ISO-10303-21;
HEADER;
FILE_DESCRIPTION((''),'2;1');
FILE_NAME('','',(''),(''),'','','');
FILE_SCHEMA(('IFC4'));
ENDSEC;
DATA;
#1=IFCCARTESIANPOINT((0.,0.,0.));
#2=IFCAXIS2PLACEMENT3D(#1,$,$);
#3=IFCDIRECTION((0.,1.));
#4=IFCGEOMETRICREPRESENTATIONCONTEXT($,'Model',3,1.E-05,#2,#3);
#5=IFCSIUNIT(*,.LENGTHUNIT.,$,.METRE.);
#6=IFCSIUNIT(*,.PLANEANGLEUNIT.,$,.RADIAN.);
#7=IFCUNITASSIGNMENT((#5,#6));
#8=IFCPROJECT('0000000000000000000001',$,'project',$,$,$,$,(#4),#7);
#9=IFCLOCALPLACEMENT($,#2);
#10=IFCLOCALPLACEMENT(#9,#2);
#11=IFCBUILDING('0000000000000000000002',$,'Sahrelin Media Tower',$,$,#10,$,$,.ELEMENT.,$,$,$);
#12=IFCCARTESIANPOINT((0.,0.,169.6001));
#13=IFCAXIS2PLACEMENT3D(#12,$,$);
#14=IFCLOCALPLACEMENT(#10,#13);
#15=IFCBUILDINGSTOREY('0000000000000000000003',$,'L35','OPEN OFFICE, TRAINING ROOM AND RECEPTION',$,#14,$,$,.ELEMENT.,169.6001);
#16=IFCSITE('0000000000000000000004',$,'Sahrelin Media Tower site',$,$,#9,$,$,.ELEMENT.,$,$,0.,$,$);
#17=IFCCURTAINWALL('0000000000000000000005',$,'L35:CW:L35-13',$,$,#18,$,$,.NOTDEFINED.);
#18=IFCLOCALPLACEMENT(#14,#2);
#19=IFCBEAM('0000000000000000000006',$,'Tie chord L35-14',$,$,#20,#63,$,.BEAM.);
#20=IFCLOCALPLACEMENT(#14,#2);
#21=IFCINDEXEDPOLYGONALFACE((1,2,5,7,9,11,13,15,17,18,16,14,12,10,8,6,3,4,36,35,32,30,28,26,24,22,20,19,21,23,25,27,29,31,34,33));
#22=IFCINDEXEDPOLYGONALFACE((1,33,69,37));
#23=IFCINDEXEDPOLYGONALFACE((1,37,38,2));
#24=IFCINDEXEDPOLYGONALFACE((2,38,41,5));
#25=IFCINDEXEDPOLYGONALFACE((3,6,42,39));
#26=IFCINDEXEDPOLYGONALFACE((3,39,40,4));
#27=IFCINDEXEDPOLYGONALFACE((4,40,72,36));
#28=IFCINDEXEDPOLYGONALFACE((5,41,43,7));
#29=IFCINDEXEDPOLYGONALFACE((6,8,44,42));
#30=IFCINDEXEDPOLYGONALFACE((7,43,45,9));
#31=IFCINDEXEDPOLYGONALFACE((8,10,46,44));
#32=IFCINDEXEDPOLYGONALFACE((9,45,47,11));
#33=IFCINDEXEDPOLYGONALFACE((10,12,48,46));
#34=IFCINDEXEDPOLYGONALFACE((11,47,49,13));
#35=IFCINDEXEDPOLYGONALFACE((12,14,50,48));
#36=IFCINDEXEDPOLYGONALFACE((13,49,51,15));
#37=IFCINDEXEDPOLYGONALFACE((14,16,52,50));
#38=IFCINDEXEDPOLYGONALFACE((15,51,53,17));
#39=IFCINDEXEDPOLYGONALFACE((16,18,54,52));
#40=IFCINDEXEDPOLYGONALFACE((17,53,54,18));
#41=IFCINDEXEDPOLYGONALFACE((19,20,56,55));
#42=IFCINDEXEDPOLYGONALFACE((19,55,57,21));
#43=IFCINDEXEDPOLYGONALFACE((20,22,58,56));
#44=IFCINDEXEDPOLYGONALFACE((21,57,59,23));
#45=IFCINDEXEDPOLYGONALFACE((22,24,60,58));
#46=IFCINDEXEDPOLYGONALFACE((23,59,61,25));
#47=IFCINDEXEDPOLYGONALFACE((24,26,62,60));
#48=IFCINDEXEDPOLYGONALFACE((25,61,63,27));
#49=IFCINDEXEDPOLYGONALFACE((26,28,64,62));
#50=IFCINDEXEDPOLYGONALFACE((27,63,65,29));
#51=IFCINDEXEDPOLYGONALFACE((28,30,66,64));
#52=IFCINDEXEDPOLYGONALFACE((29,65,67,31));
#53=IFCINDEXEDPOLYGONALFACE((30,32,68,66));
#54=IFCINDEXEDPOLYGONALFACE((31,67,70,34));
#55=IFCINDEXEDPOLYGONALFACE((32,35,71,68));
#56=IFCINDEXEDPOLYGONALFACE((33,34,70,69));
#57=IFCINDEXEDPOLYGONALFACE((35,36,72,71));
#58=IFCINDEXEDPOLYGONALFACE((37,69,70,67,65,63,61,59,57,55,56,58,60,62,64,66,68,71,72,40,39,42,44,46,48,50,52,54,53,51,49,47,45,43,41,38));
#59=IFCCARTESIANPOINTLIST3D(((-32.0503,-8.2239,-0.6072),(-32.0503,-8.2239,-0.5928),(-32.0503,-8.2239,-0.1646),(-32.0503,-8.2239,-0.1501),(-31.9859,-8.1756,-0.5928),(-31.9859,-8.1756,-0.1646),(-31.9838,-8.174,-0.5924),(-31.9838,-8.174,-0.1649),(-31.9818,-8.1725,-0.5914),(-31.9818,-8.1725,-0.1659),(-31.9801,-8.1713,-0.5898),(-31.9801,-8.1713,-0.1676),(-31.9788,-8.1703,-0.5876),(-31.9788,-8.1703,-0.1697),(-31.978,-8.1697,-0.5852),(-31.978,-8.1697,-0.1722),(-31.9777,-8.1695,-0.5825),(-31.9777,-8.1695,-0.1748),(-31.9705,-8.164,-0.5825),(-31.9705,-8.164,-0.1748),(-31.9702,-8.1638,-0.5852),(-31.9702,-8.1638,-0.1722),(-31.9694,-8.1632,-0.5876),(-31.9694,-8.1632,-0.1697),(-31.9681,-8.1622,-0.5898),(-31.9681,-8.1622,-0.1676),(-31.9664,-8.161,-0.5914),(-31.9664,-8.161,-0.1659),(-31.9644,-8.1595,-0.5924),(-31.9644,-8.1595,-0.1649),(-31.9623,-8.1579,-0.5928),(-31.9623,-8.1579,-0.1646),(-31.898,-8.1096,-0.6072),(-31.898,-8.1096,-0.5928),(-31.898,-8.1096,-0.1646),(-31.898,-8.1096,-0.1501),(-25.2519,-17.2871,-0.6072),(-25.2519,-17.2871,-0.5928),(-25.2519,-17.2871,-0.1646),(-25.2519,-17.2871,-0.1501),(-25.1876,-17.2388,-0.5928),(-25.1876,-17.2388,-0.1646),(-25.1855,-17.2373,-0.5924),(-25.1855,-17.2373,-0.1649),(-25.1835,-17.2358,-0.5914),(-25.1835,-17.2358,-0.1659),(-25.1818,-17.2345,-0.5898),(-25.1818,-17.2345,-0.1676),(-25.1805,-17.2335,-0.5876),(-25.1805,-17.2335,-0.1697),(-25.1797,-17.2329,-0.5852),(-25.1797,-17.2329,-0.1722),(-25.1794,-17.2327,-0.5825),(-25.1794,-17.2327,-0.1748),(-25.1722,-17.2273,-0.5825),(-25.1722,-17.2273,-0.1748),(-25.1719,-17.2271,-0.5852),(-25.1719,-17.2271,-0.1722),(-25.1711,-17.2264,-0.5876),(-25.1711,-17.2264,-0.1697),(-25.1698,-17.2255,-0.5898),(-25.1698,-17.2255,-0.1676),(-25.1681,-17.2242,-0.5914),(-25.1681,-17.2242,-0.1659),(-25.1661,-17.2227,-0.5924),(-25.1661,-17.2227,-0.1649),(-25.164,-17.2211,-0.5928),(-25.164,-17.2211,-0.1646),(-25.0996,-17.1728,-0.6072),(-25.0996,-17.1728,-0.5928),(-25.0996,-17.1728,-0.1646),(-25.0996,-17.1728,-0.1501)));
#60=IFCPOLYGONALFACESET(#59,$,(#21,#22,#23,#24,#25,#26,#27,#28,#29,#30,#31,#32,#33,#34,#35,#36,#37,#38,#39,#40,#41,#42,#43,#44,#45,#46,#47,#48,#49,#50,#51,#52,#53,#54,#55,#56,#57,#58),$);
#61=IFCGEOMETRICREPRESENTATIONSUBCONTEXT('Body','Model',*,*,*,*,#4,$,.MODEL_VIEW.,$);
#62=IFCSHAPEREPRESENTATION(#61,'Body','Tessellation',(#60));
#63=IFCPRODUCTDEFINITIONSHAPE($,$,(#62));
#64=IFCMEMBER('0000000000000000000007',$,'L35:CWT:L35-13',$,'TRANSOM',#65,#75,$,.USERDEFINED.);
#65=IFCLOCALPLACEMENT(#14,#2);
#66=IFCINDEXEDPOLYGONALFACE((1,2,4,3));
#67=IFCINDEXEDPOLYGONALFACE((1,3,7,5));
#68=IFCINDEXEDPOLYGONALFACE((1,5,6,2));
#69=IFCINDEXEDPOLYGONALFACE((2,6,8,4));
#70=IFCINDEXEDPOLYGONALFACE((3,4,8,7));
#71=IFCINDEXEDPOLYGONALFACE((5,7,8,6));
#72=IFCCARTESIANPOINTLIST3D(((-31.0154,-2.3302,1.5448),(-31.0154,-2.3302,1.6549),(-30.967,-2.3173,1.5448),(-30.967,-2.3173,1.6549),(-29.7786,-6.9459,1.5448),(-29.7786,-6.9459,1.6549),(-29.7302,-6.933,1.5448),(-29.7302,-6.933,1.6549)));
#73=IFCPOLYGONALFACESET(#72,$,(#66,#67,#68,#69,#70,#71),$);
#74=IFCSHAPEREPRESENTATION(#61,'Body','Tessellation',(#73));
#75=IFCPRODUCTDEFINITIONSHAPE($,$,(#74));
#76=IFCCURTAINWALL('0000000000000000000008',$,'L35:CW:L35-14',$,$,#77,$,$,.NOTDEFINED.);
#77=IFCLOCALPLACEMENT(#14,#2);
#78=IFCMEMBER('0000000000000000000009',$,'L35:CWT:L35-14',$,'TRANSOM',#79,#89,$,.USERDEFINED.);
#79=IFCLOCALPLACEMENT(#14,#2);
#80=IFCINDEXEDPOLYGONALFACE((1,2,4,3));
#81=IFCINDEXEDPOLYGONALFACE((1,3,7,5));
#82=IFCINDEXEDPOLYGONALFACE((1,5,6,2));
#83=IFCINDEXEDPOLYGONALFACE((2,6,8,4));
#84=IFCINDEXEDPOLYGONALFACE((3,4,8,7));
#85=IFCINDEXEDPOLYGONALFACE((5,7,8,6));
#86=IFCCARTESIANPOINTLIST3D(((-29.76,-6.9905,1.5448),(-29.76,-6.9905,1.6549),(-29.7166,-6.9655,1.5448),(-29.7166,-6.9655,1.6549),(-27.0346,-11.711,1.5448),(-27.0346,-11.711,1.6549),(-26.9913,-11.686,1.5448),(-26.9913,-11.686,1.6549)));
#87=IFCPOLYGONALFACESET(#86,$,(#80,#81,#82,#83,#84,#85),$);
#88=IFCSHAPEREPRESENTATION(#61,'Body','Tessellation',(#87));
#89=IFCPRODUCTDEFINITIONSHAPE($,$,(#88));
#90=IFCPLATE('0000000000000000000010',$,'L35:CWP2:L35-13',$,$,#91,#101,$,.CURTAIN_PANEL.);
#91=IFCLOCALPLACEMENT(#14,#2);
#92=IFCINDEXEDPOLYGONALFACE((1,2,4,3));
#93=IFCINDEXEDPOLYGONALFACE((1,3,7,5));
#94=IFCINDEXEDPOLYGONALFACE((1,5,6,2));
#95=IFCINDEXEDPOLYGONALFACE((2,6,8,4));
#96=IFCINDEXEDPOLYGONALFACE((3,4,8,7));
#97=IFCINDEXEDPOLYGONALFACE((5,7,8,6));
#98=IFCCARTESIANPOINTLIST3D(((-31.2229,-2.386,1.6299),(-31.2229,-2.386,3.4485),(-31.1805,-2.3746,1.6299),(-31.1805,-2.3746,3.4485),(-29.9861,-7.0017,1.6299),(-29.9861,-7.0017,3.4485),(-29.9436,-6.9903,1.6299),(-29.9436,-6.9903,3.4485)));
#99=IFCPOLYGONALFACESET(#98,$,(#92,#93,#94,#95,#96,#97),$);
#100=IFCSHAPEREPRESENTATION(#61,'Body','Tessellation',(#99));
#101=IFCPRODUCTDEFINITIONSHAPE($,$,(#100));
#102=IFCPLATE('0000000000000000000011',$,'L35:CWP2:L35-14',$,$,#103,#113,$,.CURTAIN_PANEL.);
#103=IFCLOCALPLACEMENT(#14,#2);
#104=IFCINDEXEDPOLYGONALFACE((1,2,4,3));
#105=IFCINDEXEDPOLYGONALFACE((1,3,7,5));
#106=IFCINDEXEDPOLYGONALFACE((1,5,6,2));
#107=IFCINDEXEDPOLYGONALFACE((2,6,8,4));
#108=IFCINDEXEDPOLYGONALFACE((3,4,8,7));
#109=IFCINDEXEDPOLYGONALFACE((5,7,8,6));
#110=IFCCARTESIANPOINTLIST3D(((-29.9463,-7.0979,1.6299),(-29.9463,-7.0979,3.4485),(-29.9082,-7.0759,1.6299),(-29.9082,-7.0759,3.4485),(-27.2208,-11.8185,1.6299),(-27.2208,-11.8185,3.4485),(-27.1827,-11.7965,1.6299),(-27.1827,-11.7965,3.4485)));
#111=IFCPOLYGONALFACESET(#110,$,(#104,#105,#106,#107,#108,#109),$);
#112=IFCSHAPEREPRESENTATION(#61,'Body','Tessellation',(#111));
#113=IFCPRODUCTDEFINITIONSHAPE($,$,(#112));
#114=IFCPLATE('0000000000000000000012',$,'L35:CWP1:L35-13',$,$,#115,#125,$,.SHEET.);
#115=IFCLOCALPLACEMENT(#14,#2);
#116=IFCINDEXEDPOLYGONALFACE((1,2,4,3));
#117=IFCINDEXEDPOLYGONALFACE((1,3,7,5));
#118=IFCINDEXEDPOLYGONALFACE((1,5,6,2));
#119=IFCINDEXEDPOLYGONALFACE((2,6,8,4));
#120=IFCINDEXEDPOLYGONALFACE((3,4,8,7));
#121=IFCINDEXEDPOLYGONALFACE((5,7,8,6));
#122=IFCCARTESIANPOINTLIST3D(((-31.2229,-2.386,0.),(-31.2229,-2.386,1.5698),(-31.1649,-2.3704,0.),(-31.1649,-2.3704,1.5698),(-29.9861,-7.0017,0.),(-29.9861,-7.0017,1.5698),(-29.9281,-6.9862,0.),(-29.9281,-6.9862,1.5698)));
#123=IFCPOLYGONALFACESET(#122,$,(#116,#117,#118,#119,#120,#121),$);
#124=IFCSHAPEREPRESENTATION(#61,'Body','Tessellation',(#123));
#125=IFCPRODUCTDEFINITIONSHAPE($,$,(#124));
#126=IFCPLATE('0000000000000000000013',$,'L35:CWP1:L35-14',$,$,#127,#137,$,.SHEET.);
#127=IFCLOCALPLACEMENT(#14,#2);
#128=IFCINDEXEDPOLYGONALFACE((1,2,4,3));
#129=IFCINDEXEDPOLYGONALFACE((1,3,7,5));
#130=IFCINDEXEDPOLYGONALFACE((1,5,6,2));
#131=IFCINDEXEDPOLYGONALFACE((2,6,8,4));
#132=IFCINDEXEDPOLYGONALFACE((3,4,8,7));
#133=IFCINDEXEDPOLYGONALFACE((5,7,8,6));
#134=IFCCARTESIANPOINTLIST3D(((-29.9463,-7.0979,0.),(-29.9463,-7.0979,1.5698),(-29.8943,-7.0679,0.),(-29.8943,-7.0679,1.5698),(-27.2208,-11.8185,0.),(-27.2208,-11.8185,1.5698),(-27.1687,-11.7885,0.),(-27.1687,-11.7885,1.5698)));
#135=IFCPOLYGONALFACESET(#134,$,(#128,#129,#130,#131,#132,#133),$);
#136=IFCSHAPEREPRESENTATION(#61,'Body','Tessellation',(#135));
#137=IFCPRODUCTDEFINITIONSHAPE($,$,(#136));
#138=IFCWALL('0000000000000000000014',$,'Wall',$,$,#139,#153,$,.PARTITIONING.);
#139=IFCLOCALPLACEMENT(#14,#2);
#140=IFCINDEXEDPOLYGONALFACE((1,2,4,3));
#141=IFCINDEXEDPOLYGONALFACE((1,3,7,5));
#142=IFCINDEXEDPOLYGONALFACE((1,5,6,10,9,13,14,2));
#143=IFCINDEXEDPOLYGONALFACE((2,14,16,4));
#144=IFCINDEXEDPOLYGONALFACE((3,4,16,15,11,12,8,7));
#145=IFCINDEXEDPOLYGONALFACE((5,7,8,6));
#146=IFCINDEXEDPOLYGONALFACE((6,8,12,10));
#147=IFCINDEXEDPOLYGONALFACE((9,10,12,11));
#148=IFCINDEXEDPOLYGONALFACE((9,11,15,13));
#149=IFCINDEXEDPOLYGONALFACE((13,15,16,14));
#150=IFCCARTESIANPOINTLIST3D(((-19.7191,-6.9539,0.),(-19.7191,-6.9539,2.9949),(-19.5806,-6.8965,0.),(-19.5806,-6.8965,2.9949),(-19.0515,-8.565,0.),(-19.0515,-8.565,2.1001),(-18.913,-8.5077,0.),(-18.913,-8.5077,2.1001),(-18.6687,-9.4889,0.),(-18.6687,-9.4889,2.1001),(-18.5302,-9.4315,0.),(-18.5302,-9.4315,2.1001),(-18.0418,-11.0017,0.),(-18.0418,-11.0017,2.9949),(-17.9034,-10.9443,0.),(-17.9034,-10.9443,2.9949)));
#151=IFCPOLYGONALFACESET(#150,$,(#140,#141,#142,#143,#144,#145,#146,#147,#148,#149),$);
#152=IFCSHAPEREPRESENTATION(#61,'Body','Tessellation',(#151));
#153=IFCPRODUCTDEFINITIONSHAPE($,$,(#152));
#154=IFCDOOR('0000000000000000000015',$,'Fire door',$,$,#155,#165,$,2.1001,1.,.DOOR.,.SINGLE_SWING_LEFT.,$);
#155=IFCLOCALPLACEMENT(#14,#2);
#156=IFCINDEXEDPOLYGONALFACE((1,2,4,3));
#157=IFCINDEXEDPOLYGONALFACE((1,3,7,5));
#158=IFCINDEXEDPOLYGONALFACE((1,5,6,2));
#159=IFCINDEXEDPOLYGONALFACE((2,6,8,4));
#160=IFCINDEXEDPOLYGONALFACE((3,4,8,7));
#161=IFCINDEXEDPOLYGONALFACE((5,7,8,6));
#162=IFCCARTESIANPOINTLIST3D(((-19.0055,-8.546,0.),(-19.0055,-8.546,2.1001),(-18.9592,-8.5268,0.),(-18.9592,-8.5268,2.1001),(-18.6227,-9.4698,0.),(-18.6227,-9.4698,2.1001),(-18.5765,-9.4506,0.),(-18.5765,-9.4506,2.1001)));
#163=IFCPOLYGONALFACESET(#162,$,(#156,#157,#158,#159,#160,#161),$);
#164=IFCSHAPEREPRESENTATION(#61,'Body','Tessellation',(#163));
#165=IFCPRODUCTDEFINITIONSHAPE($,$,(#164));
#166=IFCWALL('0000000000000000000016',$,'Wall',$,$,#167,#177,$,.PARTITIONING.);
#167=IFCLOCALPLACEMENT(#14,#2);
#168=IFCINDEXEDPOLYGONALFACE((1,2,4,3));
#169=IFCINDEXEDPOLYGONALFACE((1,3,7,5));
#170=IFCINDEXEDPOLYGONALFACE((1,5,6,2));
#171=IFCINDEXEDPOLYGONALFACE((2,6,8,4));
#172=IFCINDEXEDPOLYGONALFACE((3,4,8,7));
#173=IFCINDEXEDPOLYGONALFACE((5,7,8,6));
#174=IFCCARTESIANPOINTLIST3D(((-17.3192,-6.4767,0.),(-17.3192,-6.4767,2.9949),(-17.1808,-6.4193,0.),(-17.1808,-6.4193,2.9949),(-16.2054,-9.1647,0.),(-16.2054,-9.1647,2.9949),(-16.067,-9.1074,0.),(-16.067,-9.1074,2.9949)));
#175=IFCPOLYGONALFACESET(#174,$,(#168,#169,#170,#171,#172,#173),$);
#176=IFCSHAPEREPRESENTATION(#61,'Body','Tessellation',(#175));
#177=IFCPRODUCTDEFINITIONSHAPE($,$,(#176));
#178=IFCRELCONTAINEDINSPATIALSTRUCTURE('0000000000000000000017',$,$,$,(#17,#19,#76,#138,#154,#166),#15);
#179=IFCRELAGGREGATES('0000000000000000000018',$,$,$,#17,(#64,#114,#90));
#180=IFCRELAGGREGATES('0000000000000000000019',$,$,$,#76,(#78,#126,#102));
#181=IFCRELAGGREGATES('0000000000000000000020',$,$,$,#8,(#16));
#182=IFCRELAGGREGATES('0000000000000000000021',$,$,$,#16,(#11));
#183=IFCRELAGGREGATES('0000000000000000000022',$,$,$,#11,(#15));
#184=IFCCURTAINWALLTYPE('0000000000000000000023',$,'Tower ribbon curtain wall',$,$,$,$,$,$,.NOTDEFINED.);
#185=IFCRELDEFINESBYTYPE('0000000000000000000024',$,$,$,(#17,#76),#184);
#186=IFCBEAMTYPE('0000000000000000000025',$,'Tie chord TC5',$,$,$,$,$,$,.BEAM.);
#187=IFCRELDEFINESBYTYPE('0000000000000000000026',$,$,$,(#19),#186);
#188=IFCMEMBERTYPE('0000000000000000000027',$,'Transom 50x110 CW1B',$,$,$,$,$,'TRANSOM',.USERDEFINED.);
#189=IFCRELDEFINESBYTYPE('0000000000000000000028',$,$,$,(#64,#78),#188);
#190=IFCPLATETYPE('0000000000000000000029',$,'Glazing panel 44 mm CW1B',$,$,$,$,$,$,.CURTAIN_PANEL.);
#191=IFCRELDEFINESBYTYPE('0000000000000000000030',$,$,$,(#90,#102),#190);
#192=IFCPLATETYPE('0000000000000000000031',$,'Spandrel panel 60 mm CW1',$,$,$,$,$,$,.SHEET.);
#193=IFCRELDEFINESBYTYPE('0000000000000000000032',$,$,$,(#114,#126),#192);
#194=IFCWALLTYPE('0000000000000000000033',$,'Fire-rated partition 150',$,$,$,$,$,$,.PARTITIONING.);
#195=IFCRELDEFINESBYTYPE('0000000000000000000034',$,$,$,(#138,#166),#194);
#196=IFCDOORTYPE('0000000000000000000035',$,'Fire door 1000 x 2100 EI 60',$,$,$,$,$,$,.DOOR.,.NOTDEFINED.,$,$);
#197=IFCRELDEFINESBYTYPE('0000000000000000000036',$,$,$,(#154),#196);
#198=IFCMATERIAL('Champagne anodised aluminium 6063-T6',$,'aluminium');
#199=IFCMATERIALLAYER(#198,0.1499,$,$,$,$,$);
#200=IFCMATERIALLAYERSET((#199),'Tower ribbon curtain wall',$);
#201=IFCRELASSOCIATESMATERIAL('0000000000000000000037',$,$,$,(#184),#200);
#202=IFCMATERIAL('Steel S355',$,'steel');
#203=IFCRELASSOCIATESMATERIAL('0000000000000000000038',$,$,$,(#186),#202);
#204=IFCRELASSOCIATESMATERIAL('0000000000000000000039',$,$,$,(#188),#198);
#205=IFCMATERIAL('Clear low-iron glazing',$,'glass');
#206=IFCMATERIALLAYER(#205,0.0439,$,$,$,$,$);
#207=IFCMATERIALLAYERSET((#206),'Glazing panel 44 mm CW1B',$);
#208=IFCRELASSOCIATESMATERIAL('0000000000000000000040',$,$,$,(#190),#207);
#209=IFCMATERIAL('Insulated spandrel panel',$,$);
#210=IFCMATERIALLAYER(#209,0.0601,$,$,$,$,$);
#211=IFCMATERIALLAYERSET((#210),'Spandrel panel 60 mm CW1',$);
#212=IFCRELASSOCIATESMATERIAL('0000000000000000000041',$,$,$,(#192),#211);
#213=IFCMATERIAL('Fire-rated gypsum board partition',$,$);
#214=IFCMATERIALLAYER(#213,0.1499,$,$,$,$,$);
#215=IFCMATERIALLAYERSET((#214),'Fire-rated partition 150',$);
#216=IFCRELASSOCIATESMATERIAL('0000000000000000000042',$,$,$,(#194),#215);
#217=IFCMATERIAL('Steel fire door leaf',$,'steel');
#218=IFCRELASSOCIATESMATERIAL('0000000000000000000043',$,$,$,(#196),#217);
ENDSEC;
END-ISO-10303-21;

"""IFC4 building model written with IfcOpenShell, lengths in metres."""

from ifc_helpers import new_model, si_unit, direction, frame, frame_2d, origin, origin_2d, place, context, subcontext, project, spatial, polyline, rectangle, i_section, outline, extrude, material, layer, layer_set, material_profile, profile_set, type_object, element, fill, aggregate, save


model = new_model("IFC4")

# Units and contexts
model_context = context("Model", 3, precision=1e-05, world=origin(), true_north=direction((0.0, 1.0)))
body_context = subcontext(model_context, "Body", "Model", "MODEL_VIEW")
ifc_project = project(units=[si_unit("LENGTHUNIT", "METRE"), si_unit("PLANEANGLEUNIT", "RADIAN")], contexts=[model_context])

# Site, building, storey
site_placement = place(None, origin())
site = spatial("IfcSite", under=ifc_project, at=site_placement, Name="Sahrelin Media Tower site", CompositionType="ELEMENT", RefElevation=0.0)
building_placement = place(site_placement, origin())
building = spatial("IfcBuilding", under=site, at=building_placement, Name="Sahrelin Media Tower", CompositionType="ELEMENT")
storey_placement = place(building_placement, frame((0.0, 0.0, 169.6001)))
storey = spatial("IfcBuildingStorey", under=building, at=storey_placement, Name="L35", Description="OPEN OFFICE, TRAINING ROOM AND RECEPTION", CompositionType="ELEMENT", Elevation=169.6001)

# Shared definitions
ifc_material_1 = material(Name="Steel S355", Category="steel")

# Curtain wall
ifc_material_2 = material(Name="Champagne anodised aluminium 6063-T6", Category="aluminium")
ifc_layer_1 = layer(ifc_material_2, 0.1499)
ifc_layer_set_1 = layer_set([ifc_layer_1], Name="Tower ribbon curtain wall")
curtain_wall_type = type_object("IfcCurtainWallType", Name="Tower ribbon curtain wall", PredefinedType="NOTDEFINED", material=ifc_layer_set_1)
curtain_wall_1_placement = place(storey_placement, frame((-30.5852, -4.6885, 0.0), z_axis=(0.0, 0.0, 1.0), x_axis=(1.0, 0.0, 0.0)))
curtain_wall_1 = element("IfcCurtainWall", 1, at=curtain_wall_1_placement, inside=storey, type_object=curtain_wall_type, Name="L35:CW:L35-13", PredefinedType="NOTDEFINED")

# Beam
ifc_material_profile_1 = material_profile(ifc_material_1, i_section(OverallWidth=0.1904, OverallDepth=0.457, WebThickness=0.009, FlangeThickness=0.0144, FilletRadius=0.0103, at=origin_2d()), Name="UB 457x191x74")
ifc_profile_set_1 = profile_set([ifc_material_profile_1], Name="Steel S355")
beam_type_1 = type_object("IfcBeamType", Name="Tie chord TC5", PredefinedType="BEAM", material=ifc_profile_set_1)
beam_1_placement = place(storey_placement, frame((-31.9741, -8.1667, -0.3787), z_axis=(0.600052, -0.799961, 0.0), x_axis=(0.799961, 0.600052, 0.0)))
element("IfcBeam", 2, at=beam_1_placement, inside=storey, type_object=beam_type_1, Name="Tie chord L35-14", PredefinedType="BEAM", context=body_context, shape_type="SweptSolid", body=[
    extrude(i_section(OverallWidth=0.1904, OverallDepth=0.457, WebThickness=0.009, FlangeThickness=0.0144, FilletRadius=0.0103, at=origin_2d()), origin(), (0.0, 0.0, 1.0), 11.3296),
])

# Member
ifc_material_profile_2 = material_profile(ifc_material_2, rectangle(XDim=0.05, YDim=0.1101, at=origin_2d()), Name="Transom 50x110")
ifc_profile_set_2 = profile_set([ifc_material_profile_2], Name="Champagne anodised aluminium 6063-T6")
member_type_1 = type_object("IfcMemberType", Name="Transom 50x110 CW1B", ElementType="TRANSOM", PredefinedType="USERDEFINED", material=ifc_profile_set_2)
member_1_placement = place(storey_placement, frame((-30.9912, -2.3237, 1.5999), z_axis=(0.258826, -0.965924, 0.0), x_axis=(0.965924, 0.258826, 0.0)))
member_1 = element("IfcMember", 3, at=member_1_placement, type_object=member_type_1, Name="L35:CWT:L35-13", ObjectType="TRANSOM", PredefinedType="USERDEFINED", context=body_context, shape_type="SweptSolid", body=[
    extrude(rectangle(XDim=0.05, YDim=0.1101, at=origin_2d()), origin(), (0.0, 0.0, 1.0), 4.7786),
])

# Curtain wall, member
curtain_wall_2_placement = place(storey_placement, frame((-28.5662, -9.4482, 0.0), z_axis=(0.0, 0.0, 1.0), x_axis=(1.0, 0.0, 0.0)))
curtain_wall_2 = element("IfcCurtainWall", 4, at=curtain_wall_2_placement, inside=storey, type_object=curtain_wall_type, Name="L35:CW:L35-14", PredefinedType="NOTDEFINED")
member_2_placement = place(storey_placement, frame((-29.7383, -6.978, 1.5999), z_axis=(0.499998, -0.866027, 0.0), x_axis=(0.866027, 0.499998, 0.0)))
member_2 = element("IfcMember", 5, at=member_2_placement, type_object=member_type_1, Name="L35:CWT:L35-14", ObjectType="TRANSOM", PredefinedType="USERDEFINED", context=body_context, shape_type="SweptSolid", body=[
    extrude(rectangle(XDim=0.05, YDim=0.1101, at=origin_2d()), origin(), (0.0, 0.0, 1.0), 5.4507),
])

# Plates
ifc_material_3 = material(Name="Clear low-iron glazing", Category="glass")
ifc_layer_2 = layer(ifc_material_3, 0.0439)
ifc_layer_set_2 = layer_set([ifc_layer_2], Name="Glazing panel 44 mm CW1B")
plate_type_1 = type_object("IfcPlateType", Name="Glazing panel 44 mm CW1B", PredefinedType="CURTAIN_PANEL", material=ifc_layer_set_2)
plate_1_placement = place(storey_placement, frame((-31.2229, -2.386, 1.6299), z_axis=(-0.965924, -0.258826, 0.0), x_axis=(0.258826, -0.965924, 0.0)))
plate_1 = element("IfcPlate", 6, at=plate_1_placement, type_object=plate_type_1, Name="L35:CWP2:L35-13", PredefinedType="CURTAIN_PANEL", context=body_context, shape_type="SweptSolid", body=[
    extrude(outline(polyline([(0.0, 0.0), (4.7786, 0.0), (4.7786, 1.8186), (0.0, 1.8186), (0.0, 0.0)])), origin(), (0.0, 0.0, -1.0), 0.0439),
])
plate_2_placement = place(storey_placement, frame((-29.9463, -7.0979, 1.6299), z_axis=(-0.866019, -0.500012, 0.0), x_axis=(0.500012, -0.866019, 0.0)))
plate_2 = element("IfcPlate", 7, at=plate_2_placement, type_object=plate_type_1, Name="L35:CWP2:L35-14", PredefinedType="CURTAIN_PANEL", context=body_context, shape_type="SweptSolid", body=[
    extrude(outline(polyline([(0.0, 0.0), (5.4509, 0.0), (5.4509, 1.8186), (0.0, 1.8186), (0.0, 0.0)])), origin(), (0.0, 0.0, -1.0), 0.0439),
])
ifc_material_4 = material(Name="Insulated spandrel panel")
ifc_layer_3 = layer(ifc_material_4, 0.0601)
ifc_layer_set_3 = layer_set([ifc_layer_3], Name="Spandrel panel 60 mm CW1")
plate_type_2 = type_object("IfcPlateType", Name="Spandrel panel 60 mm CW1", PredefinedType="SHEET", material=ifc_layer_set_3)
plate_3_placement = place(storey_placement, frame((-31.2229, -2.386, 0.0), z_axis=(-0.965924, -0.258826, 0.0), x_axis=(0.258826, -0.965924, 0.0)))
plate_3 = element("IfcPlate", 8, at=plate_3_placement, type_object=plate_type_2, Name="L35:CWP1:L35-13", PredefinedType="SHEET", context=body_context, shape_type="SweptSolid", body=[
    extrude(outline(polyline([(0.0, 0.0), (4.7786, 0.0), (4.7786, 1.5698), (0.0, 1.5698), (0.0, 0.0)])), origin(), (0.0, 0.0, -1.0), 0.0601),
])
aggregate(curtain_wall_1, [member_1, plate_3, plate_1])
plate_4_placement = place(storey_placement, frame((-29.9463, -7.0979, 0.0), z_axis=(-0.866019, -0.500012, 0.0), x_axis=(0.500012, -0.866019, 0.0)))
plate_4 = element("IfcPlate", 9, at=plate_4_placement, type_object=plate_type_2, Name="L35:CWP1:L35-14", PredefinedType="SHEET", context=body_context, shape_type="SweptSolid", body=[
    extrude(outline(polyline([(0.0, 0.0), (5.4509, 0.0), (5.4509, 1.5698), (0.0, 1.5698), (0.0, 0.0)])), origin(), (0.0, 0.0, -1.0), 0.0601),
])
aggregate(curtain_wall_2, [member_2, plate_4, plate_2])

# Wall, opening, door
ifc_material_5 = material(Name="Fire-rated gypsum board partition")
ifc_layer_4 = layer(ifc_material_5, 0.1499)
ifc_layer_set_4 = layer_set([ifc_layer_4], Name="Fire-rated partition 150")
wall_type_1 = type_object("IfcWallType", Name="Fire-rated partition 150", PredefinedType="PARTITIONING", material=ifc_layer_set_4)
wall_1_placement = place(storey_placement, frame((-19.6499, -6.925, 0.0), z_axis=(0.0, 0.0, 1.0), x_axis=(0.382795, -0.923833, 0.0)))
wall_1 = element("IfcWall", 10, at=wall_1_placement, inside=storey, type_object=wall_type_1, Name="Wall", PredefinedType="PARTITIONING", context=body_context, shape_type="SweptSolid", body=[
    extrude(rectangle(XDim=4.3816, YDim=0.1499, at=frame_2d((2.1909, 0.0))), origin(), (0.0, 0.0, 1.0), 2.9949),
])
opening_1_placement = place(wall_1_placement, frame((1.7441, 0.0, 0.0)))
opening_1 = element("IfcOpeningElement", 11, at=opening_1_placement, cuts=wall_1, PredefinedType="OPENING", context=body_context, shape_type="SweptSolid", body=[
    extrude(rectangle(XDim=1.0, YDim=2.1001, at=frame_2d((0.5, 1.05))), frame((0.0, 0.075, 0.0), z_axis=(0.0, -1.0, 0.0), x_axis=(1.0, 0.0, 0.0)), (0.0, 0.0, 1.0), 0.1499),
])
ifc_material_6 = material(Name="Steel fire door leaf", Category="steel")
door_type_1 = type_object("IfcDoorType", Name="Fire door 1000 x 2100 EI 60", OperationType="NOTDEFINED", PredefinedType="DOOR", material=ifc_material_6)
door_1_placement = place(opening_1_placement, origin())
door_1 = element("IfcDoor", 12, at=door_1_placement, inside=storey, type_object=door_type_1, Name="Fire door", OperationType="SINGLE_SWING_LEFT", OverallHeight=2.1001, OverallWidth=1.0, PredefinedType="DOOR", context=body_context, shape_type="SweptSolid", body=[
    extrude(rectangle(XDim=1.0, YDim=2.1001, at=frame_2d((0.5, 1.05))), frame((0.0, 0.0249, 0.0), z_axis=(0.0, -1.0, 0.0), x_axis=(1.0, 0.0, 0.0)), (0.0, 0.0, 1.0), 0.05),
])
fill(opening_1, door_1)

# Wall
wall_2_placement = place(storey_placement, frame((-17.25, -6.448, 0.0), z_axis=(0.0, 0.0, 1.0), x_axis=(0.382791, -0.923835, 0.0)))
element("IfcWall", 13, at=wall_2_placement, inside=storey, type_object=wall_type_1, Name="Wall", PredefinedType="PARTITIONING", context=body_context, shape_type="SweptSolid", body=[
    extrude(rectangle(XDim=2.9097, YDim=0.1499, at=frame_2d((1.4548, 0.0))), origin(), (0.0, 0.0, 1.0), 2.9949),
])

save(model, "model.ifc")
